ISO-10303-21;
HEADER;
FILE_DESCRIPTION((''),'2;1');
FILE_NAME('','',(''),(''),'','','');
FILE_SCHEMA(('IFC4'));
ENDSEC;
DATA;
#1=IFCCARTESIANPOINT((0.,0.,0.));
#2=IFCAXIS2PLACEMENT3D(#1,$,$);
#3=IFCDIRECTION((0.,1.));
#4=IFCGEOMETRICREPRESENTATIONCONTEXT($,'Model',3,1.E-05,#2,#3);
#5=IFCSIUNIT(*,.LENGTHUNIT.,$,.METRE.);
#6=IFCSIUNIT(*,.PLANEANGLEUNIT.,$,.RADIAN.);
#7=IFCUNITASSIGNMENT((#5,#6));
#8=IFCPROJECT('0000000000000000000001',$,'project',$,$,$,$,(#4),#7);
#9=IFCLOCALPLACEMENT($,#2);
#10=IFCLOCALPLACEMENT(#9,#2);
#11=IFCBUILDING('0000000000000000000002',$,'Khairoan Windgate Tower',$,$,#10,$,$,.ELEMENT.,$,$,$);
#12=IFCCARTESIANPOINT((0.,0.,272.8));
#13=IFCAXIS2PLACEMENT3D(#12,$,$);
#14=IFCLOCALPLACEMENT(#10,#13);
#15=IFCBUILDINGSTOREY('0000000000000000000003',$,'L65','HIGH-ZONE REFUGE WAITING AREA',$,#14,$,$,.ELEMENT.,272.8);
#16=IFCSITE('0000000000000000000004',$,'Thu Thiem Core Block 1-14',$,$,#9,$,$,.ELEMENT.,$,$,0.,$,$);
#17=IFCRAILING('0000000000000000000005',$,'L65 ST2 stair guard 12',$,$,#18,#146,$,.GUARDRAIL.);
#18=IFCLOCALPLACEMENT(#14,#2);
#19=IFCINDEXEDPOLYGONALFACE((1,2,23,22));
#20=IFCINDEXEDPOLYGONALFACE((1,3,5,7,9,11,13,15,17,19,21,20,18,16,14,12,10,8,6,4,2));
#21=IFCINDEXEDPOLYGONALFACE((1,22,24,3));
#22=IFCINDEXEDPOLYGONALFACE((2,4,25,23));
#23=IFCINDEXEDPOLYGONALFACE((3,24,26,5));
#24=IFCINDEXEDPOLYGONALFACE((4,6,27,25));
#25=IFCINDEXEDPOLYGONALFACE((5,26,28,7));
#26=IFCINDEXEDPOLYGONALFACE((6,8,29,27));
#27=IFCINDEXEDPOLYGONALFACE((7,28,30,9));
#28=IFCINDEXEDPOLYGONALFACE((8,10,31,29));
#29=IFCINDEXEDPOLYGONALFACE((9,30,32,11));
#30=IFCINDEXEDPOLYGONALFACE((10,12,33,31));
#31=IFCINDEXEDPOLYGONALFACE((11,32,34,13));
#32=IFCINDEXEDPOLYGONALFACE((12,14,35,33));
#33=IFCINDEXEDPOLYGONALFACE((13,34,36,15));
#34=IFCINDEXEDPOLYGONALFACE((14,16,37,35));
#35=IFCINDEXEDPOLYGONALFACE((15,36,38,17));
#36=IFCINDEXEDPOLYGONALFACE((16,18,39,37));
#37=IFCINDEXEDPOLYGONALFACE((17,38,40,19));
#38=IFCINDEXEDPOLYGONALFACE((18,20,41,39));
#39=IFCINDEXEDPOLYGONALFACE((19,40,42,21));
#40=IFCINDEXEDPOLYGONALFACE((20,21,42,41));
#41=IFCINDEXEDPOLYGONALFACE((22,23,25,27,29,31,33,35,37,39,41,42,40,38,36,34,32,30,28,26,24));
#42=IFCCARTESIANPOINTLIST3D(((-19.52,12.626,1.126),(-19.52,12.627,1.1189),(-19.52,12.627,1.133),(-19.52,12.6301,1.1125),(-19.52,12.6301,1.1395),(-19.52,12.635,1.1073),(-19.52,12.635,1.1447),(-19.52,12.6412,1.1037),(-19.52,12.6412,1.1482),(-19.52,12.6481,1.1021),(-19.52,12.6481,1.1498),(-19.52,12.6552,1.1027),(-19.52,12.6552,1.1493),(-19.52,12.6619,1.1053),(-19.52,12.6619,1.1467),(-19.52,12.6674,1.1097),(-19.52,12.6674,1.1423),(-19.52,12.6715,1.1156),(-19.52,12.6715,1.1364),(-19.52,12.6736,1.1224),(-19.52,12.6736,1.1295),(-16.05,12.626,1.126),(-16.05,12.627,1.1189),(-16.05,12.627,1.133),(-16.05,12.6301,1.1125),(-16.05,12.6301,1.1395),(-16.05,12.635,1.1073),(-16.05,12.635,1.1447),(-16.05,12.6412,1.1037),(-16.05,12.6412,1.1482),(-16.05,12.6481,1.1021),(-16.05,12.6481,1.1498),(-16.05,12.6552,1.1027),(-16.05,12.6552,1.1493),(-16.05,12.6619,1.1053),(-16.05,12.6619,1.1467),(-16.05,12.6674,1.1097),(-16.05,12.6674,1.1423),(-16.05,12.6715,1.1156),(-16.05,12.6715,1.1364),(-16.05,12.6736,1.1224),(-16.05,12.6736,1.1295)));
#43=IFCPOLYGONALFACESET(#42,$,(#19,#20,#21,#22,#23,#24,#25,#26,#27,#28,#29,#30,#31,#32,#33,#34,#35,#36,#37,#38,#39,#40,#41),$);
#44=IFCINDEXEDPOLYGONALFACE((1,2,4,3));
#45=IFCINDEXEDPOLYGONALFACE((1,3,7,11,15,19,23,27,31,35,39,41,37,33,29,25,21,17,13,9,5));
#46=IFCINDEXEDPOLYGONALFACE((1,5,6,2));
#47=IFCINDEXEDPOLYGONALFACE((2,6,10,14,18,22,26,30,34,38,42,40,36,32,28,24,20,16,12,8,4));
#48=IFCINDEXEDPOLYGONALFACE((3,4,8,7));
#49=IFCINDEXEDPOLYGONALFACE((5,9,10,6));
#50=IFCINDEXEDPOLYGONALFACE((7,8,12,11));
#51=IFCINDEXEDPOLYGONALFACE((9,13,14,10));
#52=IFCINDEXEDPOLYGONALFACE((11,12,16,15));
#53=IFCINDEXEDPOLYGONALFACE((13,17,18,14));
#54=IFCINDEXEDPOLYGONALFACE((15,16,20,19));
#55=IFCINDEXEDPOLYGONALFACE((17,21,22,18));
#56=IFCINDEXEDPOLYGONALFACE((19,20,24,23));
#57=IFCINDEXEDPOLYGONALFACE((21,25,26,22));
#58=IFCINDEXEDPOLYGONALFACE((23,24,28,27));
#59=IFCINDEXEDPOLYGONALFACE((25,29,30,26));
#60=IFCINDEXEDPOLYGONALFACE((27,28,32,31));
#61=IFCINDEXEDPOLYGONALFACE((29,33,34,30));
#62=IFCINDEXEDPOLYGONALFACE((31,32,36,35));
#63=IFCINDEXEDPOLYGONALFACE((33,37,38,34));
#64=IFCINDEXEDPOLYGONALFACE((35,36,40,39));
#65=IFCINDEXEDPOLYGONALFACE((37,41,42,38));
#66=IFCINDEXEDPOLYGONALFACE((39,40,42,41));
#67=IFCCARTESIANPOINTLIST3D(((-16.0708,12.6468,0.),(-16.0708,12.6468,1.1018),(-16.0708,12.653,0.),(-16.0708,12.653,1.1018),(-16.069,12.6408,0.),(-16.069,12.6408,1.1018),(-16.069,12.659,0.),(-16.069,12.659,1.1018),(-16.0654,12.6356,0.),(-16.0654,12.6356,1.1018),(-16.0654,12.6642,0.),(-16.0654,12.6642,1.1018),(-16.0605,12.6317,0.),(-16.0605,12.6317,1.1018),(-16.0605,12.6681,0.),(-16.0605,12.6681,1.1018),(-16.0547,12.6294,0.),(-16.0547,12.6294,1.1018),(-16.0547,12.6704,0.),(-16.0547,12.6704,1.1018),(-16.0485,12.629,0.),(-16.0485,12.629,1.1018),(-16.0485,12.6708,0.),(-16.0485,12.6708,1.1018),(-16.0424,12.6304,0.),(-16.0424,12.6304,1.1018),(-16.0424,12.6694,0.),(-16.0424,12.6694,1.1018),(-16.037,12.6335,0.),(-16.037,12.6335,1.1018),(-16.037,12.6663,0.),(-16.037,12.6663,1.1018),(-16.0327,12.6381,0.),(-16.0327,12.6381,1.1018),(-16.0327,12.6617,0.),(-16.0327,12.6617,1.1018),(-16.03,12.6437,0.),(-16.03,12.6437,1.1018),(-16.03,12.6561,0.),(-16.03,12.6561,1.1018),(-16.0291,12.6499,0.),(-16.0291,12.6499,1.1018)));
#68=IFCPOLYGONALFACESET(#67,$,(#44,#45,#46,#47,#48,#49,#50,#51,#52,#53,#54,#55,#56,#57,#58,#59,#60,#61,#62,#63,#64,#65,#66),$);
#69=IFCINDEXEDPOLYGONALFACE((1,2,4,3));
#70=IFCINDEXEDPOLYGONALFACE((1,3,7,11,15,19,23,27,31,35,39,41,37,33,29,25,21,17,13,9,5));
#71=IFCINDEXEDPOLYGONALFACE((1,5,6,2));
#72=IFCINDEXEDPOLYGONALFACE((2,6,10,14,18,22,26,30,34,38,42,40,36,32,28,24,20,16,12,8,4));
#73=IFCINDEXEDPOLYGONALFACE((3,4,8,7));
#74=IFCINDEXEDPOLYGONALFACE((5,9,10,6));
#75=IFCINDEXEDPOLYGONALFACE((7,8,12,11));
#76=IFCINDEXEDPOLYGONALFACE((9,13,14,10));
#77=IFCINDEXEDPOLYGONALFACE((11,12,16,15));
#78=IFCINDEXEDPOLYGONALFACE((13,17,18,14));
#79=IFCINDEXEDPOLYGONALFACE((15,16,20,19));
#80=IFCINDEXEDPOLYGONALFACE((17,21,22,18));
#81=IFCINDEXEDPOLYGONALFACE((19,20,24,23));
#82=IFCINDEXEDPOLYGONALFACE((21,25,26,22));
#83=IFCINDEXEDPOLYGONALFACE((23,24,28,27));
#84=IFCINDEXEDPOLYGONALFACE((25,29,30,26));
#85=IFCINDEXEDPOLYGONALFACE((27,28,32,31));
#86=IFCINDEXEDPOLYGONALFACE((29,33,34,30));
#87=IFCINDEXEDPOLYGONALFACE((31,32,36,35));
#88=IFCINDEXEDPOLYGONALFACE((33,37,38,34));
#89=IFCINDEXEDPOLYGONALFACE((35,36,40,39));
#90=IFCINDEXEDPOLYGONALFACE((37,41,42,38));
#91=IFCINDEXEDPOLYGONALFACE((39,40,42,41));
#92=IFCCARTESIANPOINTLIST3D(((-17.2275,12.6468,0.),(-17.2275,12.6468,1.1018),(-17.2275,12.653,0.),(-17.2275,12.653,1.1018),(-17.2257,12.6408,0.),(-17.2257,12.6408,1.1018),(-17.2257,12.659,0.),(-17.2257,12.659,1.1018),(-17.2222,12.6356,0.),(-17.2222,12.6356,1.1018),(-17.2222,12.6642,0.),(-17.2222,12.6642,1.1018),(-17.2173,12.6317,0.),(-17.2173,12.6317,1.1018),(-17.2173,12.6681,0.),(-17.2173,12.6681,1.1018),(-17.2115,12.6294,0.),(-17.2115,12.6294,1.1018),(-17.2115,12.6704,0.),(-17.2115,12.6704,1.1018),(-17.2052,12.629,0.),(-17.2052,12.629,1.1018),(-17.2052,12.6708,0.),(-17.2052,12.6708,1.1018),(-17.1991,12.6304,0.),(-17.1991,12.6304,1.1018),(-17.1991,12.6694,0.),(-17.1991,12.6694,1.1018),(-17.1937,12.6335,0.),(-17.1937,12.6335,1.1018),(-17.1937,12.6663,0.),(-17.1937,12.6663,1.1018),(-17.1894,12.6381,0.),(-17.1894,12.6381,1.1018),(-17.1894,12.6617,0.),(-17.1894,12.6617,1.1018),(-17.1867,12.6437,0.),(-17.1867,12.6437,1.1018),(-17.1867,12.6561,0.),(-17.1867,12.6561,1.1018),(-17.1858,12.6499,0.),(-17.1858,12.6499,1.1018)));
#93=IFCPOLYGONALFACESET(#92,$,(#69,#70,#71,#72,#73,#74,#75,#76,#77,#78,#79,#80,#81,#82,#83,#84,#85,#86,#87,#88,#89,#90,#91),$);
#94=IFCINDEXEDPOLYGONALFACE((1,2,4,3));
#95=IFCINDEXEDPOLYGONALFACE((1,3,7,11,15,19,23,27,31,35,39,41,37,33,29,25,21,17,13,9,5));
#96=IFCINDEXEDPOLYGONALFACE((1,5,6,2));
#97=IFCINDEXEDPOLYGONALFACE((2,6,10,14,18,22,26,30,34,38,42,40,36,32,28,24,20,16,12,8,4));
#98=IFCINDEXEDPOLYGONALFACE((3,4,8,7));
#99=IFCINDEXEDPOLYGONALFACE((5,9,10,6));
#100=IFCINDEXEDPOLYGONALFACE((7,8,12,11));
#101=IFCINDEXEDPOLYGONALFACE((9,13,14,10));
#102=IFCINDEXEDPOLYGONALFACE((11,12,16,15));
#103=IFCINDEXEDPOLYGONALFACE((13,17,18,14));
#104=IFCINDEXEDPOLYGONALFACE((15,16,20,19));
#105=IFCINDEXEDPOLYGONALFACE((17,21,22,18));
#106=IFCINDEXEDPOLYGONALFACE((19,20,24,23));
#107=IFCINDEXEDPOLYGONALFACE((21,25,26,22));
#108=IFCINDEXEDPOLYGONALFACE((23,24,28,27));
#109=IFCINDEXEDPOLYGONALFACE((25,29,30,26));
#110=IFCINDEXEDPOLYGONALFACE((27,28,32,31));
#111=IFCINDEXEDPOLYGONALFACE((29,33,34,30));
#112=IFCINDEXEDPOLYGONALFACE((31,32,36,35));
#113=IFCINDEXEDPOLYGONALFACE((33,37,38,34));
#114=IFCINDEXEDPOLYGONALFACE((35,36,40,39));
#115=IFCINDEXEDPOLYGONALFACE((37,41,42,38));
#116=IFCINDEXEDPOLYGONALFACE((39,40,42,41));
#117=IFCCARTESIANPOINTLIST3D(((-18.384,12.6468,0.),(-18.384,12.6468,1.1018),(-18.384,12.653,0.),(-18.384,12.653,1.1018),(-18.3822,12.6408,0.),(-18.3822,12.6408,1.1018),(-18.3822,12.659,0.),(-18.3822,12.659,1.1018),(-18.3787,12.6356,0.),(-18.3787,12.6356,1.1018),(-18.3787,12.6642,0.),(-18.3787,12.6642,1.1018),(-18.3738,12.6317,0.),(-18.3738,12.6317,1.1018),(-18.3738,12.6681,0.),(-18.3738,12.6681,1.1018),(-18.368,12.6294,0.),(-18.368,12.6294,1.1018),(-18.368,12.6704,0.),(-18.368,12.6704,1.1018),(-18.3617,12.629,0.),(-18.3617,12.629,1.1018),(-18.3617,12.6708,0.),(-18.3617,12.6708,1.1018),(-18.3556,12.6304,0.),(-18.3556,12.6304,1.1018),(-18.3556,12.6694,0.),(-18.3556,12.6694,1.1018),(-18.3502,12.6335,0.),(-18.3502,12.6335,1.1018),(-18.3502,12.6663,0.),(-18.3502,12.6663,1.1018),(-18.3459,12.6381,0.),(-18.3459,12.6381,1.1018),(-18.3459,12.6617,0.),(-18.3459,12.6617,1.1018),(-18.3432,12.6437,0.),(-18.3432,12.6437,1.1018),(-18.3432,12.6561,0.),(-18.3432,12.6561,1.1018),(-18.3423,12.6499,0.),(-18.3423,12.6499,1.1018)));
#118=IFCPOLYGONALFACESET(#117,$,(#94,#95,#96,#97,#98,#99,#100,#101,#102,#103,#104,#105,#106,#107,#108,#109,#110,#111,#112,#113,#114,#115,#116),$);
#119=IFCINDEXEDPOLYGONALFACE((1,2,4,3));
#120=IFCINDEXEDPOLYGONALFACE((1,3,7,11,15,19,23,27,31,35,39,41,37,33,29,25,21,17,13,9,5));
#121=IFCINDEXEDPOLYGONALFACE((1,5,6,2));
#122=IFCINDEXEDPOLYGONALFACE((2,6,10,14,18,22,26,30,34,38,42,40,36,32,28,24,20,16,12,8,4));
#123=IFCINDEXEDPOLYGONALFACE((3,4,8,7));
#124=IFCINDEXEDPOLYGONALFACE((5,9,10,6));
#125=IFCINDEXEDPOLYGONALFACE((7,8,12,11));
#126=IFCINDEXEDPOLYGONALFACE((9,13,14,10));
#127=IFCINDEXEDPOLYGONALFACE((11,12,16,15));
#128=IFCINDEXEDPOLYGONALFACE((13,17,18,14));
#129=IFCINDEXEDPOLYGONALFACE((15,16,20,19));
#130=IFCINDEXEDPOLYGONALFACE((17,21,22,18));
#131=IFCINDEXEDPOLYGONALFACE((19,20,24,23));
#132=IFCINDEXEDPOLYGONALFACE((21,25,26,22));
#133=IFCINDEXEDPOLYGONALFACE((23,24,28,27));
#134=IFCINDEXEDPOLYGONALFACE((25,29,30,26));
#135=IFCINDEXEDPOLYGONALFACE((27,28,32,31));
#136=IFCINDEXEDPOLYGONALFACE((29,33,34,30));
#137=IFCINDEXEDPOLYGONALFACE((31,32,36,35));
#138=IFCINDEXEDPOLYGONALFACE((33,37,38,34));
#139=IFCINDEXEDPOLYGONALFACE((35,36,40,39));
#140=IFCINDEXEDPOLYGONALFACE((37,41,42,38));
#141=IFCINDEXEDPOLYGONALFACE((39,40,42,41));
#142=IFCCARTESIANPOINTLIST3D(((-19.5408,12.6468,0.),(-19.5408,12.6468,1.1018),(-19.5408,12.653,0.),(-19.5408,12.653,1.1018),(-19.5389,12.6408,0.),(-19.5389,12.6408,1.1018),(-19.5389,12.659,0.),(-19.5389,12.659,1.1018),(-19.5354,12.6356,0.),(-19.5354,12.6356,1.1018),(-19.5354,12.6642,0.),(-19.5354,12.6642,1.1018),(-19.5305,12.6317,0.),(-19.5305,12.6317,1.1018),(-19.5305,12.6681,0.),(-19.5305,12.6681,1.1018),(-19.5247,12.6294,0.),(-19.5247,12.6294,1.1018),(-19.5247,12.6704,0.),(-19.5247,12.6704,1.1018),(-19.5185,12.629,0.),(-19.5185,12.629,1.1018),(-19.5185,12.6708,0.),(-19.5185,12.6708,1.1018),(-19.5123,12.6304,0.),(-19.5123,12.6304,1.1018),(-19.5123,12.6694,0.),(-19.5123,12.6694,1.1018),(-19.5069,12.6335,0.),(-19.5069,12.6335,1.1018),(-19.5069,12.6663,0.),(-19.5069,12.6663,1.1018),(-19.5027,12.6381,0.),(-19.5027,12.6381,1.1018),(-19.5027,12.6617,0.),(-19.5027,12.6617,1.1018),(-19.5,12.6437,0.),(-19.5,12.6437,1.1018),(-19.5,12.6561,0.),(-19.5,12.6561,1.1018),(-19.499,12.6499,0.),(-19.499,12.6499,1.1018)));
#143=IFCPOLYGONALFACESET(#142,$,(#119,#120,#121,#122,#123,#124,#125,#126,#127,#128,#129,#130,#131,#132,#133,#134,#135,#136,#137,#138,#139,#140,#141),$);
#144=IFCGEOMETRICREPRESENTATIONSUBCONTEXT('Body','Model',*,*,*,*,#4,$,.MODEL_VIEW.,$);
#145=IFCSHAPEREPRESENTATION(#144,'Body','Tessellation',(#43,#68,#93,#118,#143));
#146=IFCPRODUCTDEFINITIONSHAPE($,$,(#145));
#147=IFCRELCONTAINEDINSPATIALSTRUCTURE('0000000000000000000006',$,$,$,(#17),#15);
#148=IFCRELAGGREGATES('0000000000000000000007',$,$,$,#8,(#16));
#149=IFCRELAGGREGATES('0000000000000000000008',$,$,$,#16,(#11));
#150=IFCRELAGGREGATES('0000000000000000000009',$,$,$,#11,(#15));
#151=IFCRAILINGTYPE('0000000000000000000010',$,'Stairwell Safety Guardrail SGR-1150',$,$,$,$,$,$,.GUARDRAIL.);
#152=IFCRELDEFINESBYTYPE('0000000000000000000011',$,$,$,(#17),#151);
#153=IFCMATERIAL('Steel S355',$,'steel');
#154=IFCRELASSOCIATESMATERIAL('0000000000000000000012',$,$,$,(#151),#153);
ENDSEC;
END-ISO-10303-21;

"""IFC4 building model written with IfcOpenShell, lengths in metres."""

from ifc_helpers import new_model, si_unit, direction, frame, origin, origin_2d, place, context, subcontext, project, spatial, circle, extrude, material, type_object, element, save


model = new_model("IFC4")

# Units and contexts
model_context = context("Model", 3, precision=1e-05, world=origin(), true_north=direction((0.0, 1.0)))
body_context = subcontext(model_context, "Body", "Model", "MODEL_VIEW")
ifc_project = project(units=[si_unit("LENGTHUNIT", "METRE"), si_unit("PLANEANGLEUNIT", "RADIAN")], contexts=[model_context])

# Site, building, storey
site_placement = place(None, origin())
site = spatial("IfcSite", under=ifc_project, at=site_placement, Name="Thu Thiem Core Block 1-14", CompositionType="ELEMENT", RefElevation=0.0)
building_placement = place(site_placement, origin())
building = spatial("IfcBuilding", under=site, at=building_placement, Name="Khairoan Windgate Tower", CompositionType="ELEMENT")
storey_placement = place(building_placement, frame((0.0, 0.0, 272.8)))
storey = spatial("IfcBuildingStorey", under=building, at=storey_placement, Name="L65", Description="HIGH-ZONE REFUGE WAITING AREA", CompositionType="ELEMENT", Elevation=272.8)

# Railing
ifc_material_1 = material(Name="Steel S355", Category="steel")
railing_type_1 = type_object("IfcRailingType", Name="Stairwell Safety Guardrail SGR-1150", PredefinedType="GUARDRAIL", material=ifc_material_1)
railing_1_placement = place(storey_placement, frame((-16.05, 12.6499, 0.0)))
element("IfcRailing", 1, at=railing_1_placement, inside=storey, type_object=railing_type_1, Name="L65 ST2 stair guard 12", PredefinedType="GUARDRAIL", context=body_context, shape_type="SweptSolid", body=[
    extrude(circle(Radius=0.0239, at=origin_2d()), frame((0.0, 0.0, 1.126), z_axis=(-1.0, 0.0, 0.0), x_axis=(0.0, -1.0, 0.0)), (0.0, 0.0, 1.0), 3.47),
    extrude(circle(Radius=0.021, at=origin_2d()), origin(), (0.0, 0.0, 1.0), 1.1018),
    extrude(circle(Radius=0.021, at=origin_2d()), frame((-1.1567, 0.0, 0.0)), (0.0, 0.0, 1.0), 1.1018),
    extrude(circle(Radius=0.021, at=origin_2d()), frame((-2.3132, 0.0, 0.0)), (0.0, 0.0, 1.0), 1.1018),
    extrude(circle(Radius=0.021, at=origin_2d()), frame((-3.47, 0.0, 0.0)), (0.0, 0.0, 1.0), 1.1018),
])

save(model, "model.ifc")
